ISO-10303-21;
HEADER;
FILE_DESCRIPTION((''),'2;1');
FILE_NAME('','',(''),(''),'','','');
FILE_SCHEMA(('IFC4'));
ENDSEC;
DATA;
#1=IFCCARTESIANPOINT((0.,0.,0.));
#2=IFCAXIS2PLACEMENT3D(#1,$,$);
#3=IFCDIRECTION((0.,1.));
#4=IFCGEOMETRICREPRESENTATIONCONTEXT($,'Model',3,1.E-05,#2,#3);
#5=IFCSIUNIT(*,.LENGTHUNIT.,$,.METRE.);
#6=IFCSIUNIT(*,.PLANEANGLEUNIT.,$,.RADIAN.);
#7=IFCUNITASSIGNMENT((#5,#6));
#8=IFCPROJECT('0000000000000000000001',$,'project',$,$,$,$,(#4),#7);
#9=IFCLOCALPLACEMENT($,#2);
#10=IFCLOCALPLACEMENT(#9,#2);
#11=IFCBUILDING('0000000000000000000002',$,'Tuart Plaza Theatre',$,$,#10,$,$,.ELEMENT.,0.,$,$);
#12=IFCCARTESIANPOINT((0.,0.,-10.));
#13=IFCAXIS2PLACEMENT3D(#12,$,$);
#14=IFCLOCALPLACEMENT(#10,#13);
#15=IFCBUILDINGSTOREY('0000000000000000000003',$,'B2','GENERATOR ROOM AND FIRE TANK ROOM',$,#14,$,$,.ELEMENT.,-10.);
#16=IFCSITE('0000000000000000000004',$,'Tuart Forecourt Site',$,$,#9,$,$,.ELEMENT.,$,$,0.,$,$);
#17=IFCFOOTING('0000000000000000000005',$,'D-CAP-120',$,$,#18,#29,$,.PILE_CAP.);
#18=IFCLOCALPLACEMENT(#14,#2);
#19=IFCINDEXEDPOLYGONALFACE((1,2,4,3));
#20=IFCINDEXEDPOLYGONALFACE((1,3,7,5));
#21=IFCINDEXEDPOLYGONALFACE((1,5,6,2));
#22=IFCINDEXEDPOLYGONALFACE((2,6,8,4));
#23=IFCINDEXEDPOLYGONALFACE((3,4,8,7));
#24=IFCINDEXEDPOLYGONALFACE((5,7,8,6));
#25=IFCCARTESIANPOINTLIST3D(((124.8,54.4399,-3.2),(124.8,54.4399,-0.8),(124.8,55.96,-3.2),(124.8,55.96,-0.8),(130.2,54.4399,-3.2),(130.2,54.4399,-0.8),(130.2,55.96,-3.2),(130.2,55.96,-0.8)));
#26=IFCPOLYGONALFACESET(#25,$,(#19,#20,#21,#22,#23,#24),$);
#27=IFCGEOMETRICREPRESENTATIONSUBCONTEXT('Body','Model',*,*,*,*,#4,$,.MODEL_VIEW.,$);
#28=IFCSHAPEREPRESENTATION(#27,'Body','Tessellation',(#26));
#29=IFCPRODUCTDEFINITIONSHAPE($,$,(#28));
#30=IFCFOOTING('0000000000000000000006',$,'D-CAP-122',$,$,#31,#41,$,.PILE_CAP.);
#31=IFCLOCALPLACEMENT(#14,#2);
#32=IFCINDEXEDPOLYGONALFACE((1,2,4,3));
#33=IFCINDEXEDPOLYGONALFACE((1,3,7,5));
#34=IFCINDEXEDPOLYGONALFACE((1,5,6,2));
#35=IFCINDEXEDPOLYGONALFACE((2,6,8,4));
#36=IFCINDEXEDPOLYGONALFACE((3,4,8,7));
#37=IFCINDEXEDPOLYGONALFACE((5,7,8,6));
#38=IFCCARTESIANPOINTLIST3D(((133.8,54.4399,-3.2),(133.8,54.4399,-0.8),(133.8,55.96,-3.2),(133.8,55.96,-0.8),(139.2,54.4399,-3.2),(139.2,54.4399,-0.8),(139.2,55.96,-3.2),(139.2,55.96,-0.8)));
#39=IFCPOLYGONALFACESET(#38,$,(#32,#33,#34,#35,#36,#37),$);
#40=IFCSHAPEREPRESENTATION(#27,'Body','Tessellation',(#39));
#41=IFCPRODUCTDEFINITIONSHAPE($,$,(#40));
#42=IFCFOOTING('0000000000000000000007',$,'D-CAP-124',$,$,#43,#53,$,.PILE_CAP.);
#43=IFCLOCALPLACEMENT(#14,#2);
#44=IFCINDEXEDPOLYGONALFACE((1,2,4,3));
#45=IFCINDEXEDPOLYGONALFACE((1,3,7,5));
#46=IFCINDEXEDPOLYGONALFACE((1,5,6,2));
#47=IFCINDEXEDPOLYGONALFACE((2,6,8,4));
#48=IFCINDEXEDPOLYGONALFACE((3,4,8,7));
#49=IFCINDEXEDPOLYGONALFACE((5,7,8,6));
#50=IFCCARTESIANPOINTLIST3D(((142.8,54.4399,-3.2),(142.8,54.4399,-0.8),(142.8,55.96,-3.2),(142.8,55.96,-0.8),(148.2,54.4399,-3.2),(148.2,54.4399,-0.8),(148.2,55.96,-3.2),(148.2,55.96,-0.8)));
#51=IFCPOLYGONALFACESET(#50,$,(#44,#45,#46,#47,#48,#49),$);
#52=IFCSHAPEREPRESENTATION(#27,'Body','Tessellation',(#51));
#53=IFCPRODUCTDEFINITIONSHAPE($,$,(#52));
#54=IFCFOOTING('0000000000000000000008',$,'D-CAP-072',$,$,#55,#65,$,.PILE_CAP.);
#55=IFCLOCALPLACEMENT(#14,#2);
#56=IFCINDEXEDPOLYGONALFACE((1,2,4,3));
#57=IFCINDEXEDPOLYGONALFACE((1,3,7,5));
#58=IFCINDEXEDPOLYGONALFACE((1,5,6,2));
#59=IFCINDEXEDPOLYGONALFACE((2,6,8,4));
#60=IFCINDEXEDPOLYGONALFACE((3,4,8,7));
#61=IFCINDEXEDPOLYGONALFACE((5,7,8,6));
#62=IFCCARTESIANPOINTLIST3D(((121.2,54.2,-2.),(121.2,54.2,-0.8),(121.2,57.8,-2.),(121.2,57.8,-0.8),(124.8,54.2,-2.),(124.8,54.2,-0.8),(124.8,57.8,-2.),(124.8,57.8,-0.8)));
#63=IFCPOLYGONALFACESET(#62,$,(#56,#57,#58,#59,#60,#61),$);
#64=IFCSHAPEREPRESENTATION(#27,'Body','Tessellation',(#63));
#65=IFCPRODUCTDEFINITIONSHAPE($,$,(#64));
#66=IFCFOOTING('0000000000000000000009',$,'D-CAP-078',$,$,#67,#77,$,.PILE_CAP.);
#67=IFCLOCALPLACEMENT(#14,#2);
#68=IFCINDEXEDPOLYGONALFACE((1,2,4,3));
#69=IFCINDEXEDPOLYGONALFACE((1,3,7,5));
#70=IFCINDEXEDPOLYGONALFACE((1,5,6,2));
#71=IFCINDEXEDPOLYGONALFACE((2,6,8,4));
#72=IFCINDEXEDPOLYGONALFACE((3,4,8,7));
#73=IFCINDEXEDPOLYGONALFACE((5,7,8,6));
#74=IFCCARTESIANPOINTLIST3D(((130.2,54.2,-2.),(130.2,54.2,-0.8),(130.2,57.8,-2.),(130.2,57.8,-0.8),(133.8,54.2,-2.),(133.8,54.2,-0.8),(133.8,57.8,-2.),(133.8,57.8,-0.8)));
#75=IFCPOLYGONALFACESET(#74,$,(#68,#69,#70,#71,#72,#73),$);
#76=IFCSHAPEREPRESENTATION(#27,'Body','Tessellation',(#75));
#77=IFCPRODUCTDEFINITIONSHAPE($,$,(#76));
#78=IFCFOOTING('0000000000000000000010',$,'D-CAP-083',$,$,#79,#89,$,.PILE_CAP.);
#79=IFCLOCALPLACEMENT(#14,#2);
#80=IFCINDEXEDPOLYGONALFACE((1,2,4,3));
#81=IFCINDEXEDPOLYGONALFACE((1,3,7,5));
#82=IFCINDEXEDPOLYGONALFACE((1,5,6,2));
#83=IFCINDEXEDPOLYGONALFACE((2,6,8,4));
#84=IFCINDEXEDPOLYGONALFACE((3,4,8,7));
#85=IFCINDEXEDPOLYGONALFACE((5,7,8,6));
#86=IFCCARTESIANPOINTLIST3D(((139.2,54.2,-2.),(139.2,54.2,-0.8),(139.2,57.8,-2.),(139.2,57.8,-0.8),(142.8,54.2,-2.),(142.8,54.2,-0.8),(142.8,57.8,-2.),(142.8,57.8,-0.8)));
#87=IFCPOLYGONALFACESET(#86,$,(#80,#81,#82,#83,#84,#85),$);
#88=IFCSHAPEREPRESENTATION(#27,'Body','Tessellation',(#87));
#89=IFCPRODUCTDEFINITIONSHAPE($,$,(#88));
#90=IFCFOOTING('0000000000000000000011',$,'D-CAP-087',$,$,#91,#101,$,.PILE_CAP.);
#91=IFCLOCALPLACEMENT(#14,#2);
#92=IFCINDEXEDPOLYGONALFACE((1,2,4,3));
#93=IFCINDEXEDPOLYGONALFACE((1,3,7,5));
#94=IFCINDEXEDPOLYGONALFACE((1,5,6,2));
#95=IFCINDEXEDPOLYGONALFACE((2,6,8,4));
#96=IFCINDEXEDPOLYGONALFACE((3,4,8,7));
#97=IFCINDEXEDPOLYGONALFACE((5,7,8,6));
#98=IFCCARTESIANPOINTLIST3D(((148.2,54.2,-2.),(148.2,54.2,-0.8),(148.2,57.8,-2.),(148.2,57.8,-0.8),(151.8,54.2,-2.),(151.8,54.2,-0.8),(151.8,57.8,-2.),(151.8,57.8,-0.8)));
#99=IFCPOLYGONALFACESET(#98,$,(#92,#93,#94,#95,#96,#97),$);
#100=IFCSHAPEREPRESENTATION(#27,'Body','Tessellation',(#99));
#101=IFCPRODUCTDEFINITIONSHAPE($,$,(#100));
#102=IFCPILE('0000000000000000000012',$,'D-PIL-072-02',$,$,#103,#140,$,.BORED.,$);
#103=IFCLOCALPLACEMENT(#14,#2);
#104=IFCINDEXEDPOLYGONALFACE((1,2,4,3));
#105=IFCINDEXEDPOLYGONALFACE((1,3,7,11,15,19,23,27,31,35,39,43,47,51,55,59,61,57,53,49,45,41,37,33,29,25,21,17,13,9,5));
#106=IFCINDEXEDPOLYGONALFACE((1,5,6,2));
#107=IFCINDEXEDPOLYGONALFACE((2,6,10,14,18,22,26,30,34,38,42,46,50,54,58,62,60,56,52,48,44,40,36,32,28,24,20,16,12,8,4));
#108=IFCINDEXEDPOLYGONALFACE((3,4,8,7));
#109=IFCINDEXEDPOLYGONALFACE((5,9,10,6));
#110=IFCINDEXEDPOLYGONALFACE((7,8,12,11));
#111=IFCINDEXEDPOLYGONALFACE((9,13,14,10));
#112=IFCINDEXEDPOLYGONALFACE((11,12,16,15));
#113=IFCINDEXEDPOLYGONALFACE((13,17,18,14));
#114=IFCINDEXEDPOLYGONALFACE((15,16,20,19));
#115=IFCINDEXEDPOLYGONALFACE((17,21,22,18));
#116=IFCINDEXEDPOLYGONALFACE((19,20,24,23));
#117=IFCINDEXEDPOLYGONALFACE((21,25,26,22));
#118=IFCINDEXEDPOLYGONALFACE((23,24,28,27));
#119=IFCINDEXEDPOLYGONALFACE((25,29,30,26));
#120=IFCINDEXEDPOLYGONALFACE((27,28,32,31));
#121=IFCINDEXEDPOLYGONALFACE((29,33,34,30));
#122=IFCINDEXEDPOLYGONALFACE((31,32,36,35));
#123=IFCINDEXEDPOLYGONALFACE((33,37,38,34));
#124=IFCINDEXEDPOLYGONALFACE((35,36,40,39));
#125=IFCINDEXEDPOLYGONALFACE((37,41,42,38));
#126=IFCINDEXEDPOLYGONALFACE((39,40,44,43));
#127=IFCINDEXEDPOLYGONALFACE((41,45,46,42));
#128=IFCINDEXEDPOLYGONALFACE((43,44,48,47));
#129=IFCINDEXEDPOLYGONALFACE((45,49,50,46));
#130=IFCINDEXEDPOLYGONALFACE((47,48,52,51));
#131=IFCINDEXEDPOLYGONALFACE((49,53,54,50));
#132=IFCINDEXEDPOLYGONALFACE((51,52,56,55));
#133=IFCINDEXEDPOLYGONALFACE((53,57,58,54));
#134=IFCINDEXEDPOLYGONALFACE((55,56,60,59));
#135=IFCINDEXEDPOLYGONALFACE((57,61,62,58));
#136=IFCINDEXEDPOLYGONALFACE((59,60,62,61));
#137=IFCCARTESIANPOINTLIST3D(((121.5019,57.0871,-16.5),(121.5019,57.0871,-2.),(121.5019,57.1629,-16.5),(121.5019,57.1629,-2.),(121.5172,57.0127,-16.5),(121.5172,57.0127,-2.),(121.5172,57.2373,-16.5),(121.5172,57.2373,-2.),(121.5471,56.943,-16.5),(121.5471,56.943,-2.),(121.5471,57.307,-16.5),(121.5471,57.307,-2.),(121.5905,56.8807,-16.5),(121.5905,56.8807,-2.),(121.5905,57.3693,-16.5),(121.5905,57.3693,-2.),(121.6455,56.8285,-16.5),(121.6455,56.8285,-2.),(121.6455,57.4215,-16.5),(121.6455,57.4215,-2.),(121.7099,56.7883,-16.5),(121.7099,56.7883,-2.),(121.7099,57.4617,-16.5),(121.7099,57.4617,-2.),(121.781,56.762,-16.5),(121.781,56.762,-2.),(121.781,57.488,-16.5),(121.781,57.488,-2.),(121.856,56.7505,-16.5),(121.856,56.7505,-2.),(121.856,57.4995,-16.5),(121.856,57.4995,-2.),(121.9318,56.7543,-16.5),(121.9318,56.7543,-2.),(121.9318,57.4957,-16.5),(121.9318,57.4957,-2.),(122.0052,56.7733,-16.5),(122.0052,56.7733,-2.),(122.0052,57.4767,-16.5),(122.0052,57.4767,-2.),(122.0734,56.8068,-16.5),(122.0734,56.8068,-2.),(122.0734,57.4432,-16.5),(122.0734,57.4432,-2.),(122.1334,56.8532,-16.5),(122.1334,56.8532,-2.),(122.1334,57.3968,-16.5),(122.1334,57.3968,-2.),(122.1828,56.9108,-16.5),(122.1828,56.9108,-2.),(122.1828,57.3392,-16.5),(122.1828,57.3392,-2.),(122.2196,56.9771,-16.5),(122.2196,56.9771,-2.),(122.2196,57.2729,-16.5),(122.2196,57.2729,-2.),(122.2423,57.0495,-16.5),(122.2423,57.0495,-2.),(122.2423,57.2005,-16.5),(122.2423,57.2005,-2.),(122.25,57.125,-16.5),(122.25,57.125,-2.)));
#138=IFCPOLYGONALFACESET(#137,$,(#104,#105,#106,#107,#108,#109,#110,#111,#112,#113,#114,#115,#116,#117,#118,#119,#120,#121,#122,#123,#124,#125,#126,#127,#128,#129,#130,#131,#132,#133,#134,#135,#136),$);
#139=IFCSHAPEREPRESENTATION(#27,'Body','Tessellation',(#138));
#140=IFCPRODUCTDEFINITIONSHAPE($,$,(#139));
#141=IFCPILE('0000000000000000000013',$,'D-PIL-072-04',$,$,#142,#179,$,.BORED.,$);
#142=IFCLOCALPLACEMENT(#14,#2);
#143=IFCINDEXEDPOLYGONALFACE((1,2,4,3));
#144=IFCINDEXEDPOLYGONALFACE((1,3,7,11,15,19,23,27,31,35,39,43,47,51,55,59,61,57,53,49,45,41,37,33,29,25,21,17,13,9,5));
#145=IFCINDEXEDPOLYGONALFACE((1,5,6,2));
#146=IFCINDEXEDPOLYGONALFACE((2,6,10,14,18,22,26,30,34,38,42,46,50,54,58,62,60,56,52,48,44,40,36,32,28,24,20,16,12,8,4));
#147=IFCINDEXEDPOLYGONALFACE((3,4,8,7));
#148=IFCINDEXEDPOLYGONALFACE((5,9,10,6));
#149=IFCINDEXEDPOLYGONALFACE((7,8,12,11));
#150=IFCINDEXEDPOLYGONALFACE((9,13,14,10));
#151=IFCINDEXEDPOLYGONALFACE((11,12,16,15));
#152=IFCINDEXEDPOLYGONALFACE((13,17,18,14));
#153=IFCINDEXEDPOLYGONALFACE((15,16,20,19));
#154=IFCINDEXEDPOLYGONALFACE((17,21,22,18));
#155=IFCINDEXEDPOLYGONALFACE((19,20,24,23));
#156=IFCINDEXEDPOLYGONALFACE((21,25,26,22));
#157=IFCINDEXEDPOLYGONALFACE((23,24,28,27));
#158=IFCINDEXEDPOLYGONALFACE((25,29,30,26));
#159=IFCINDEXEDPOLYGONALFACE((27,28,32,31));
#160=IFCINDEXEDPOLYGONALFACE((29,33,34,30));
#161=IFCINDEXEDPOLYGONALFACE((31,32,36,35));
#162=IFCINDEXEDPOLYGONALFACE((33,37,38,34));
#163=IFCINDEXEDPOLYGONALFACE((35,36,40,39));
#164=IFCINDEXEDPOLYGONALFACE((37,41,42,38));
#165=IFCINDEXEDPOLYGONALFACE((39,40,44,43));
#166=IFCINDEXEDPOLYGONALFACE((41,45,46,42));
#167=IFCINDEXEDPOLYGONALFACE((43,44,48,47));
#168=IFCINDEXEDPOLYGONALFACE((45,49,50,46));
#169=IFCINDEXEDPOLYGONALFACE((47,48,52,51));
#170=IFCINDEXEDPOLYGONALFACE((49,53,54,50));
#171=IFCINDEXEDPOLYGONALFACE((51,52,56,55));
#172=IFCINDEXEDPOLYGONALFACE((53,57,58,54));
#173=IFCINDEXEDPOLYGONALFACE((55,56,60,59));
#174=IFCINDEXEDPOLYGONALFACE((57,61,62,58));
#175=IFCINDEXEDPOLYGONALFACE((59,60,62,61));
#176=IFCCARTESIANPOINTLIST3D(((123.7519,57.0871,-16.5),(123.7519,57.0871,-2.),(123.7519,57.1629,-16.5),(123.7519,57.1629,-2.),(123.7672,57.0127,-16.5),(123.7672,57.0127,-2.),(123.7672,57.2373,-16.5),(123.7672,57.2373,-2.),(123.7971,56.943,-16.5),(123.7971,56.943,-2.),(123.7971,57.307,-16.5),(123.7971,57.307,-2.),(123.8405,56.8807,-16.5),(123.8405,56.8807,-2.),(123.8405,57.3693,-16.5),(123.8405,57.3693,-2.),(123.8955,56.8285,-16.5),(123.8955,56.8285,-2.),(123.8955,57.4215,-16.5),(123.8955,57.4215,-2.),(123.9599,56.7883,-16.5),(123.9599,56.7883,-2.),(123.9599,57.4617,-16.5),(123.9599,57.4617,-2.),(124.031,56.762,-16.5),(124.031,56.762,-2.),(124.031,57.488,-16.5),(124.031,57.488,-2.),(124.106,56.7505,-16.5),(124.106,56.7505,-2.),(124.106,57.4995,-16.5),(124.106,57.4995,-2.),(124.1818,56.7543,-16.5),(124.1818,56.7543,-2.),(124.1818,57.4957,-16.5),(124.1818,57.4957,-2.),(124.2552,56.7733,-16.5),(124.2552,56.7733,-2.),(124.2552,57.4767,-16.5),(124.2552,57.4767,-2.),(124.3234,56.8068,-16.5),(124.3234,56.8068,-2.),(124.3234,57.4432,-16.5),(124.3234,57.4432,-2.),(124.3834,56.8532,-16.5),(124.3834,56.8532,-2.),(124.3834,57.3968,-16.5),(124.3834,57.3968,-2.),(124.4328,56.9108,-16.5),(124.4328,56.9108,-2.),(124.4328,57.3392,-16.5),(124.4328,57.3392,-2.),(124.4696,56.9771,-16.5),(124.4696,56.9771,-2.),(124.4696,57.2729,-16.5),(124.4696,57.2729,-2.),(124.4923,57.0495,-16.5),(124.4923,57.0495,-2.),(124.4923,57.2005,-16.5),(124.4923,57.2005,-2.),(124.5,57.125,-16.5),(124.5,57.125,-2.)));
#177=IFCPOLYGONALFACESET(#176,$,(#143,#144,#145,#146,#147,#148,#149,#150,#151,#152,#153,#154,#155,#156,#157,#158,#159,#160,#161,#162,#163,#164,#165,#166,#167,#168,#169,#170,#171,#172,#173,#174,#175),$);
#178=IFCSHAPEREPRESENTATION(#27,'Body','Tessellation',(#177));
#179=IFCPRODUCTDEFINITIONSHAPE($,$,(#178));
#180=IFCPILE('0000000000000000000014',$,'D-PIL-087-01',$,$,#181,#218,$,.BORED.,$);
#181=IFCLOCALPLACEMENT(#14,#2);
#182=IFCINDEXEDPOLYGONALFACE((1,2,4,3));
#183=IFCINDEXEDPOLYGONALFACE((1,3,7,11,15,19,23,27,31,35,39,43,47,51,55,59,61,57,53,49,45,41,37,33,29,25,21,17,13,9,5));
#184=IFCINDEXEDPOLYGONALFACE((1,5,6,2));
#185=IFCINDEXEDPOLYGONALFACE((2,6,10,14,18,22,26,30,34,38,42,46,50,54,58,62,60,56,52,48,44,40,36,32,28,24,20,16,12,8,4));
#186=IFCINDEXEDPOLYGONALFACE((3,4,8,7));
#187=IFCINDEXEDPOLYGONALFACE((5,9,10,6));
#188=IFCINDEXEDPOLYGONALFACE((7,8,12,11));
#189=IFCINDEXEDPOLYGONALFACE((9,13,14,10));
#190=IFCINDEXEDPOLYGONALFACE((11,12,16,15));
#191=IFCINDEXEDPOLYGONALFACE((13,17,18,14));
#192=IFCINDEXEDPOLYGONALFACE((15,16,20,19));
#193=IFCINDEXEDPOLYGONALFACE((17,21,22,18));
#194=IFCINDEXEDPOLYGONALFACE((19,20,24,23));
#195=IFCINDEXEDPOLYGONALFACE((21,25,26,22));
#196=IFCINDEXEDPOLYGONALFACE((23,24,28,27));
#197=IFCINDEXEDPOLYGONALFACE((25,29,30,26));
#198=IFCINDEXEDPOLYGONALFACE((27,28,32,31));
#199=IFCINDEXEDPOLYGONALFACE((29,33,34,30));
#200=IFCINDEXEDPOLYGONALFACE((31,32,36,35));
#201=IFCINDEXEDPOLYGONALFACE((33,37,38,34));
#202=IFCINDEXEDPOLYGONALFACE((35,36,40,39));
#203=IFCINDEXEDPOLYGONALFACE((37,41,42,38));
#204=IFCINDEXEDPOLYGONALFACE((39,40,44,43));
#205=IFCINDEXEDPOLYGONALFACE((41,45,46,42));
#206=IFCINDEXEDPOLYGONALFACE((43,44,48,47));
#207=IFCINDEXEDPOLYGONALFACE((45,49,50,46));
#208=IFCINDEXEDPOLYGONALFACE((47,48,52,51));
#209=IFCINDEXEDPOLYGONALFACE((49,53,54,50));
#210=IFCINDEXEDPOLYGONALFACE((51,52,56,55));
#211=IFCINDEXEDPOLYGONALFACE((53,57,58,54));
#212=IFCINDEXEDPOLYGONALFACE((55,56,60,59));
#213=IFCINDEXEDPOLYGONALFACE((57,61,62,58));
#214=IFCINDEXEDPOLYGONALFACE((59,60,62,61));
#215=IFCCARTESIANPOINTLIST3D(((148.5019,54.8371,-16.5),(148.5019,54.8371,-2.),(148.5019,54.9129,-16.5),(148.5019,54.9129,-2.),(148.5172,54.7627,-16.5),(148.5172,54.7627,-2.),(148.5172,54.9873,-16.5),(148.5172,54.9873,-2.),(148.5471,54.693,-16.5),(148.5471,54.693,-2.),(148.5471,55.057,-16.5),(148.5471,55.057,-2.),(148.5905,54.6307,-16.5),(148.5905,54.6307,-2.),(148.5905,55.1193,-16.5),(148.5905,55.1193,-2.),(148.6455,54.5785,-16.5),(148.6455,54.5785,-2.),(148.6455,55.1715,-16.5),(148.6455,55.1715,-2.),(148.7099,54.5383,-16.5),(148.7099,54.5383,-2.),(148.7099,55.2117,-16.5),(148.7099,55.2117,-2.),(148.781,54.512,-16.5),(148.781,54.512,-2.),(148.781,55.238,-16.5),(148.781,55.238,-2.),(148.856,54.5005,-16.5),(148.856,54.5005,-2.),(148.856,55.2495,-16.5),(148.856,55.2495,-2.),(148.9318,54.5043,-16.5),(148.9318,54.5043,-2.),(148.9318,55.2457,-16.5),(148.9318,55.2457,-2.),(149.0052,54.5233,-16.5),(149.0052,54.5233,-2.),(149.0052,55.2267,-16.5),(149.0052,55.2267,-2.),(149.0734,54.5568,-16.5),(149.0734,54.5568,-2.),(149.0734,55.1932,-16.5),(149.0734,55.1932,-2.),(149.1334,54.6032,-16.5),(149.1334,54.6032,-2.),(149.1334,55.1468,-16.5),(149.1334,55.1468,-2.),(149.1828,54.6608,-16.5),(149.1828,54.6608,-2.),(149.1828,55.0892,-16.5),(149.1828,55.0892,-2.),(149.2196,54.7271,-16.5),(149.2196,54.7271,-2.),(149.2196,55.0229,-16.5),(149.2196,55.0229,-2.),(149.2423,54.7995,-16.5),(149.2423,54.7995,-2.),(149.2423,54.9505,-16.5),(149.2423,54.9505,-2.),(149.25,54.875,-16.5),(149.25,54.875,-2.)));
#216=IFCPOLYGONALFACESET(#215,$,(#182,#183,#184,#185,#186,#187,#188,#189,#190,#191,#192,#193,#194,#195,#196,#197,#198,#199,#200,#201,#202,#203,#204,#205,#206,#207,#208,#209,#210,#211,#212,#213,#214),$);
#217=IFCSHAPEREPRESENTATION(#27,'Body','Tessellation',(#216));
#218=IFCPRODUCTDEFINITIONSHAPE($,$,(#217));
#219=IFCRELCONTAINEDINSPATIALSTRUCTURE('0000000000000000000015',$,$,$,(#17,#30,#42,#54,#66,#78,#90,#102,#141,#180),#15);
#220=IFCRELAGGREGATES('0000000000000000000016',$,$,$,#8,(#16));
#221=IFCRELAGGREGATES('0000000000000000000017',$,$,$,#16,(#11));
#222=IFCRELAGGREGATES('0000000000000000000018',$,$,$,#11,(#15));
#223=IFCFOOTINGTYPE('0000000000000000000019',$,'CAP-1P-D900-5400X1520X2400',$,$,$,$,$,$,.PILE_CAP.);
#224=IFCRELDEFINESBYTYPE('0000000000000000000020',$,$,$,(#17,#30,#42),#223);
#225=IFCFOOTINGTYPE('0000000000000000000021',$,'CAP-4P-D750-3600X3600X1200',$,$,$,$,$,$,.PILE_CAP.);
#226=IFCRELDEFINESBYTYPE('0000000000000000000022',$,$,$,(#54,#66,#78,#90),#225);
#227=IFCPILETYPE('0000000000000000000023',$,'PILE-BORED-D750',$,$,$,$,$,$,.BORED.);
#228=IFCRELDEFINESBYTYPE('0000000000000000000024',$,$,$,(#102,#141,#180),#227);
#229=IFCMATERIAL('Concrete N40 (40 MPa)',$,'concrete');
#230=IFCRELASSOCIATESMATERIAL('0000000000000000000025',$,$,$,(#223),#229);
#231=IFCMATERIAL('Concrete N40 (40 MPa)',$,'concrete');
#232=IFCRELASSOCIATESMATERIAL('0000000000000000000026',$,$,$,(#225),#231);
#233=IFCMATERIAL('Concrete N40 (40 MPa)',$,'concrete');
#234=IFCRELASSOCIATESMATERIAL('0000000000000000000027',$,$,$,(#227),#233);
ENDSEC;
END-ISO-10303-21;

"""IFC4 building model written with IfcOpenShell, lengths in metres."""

from ifc_helpers import new_model, si_unit, direction, frame, origin, origin_2d, place, context, subcontext, project, spatial, rectangle, circle, extrude, material, material_profile, profile_set, type_object, element, save


model = new_model("IFC4")

# Units and contexts
model_context = context("Model", 3, precision=1e-05, world=origin(), true_north=direction((0.0, 1.0)))
body_context = subcontext(model_context, "Body", "Model", "MODEL_VIEW")
ifc_project = project(units=[si_unit("LENGTHUNIT", "METRE"), si_unit("PLANEANGLEUNIT", "RADIAN")], contexts=[model_context])

# Site, building, storey
site_placement = place(None, origin())
site = spatial("IfcSite", under=ifc_project, at=site_placement, Name="Tuart Forecourt Site", CompositionType="ELEMENT", RefElevation=0.0)
building_placement = place(site_placement, origin())
building = spatial("IfcBuilding", under=site, at=building_placement, Name="Tuart Plaza Theatre", CompositionType="ELEMENT", ElevationOfRefHeight=0.0)
storey_placement = place(building_placement, frame((0.0, 0.0, -10.0)))
storey = spatial("IfcBuildingStorey", under=building, at=storey_placement, Name="B2", Description="GENERATOR ROOM AND FIRE TANK ROOM", CompositionType="ELEMENT", Elevation=-10.0)

# Footings
ifc_material_1 = material(Name="Concrete N40 (40 MPa)", Category="concrete")
footing_type_1 = type_object("IfcFootingType", Name="CAP-1P-D900-5400X1520X2400", PredefinedType="PILE_CAP", material=ifc_material_1)
for number, where, z_axis, x_axis, name in (
    (1, (127.5, 55.2, -3.2), (0.0, 0.0, 1.0), (1.0, 0.0, 0.0), "D-CAP-120"),
    (2, (136.5, 55.2, -3.2), (0.0, 0.0, 1.0), (1.0, 0.0, 0.0), "D-CAP-122"),
    (3, (145.5, 55.2, -3.2), (0.0, 0.0, 1.0), (1.0, 0.0, 0.0), "D-CAP-124"),
):
    element("IfcFooting", number, at=place(storey_placement, frame(where, z_axis=z_axis, x_axis=x_axis)), inside=storey, type_object=footing_type_1, Name=name, PredefinedType="PILE_CAP", context=body_context, shape_type="SweptSolid", body=[
        extrude(rectangle(XDim=5.3999, YDim=1.52, at=origin_2d()), origin(), (0.0, 0.0, 1.0), 2.3999),
    ])
ifc_material_2 = material(Name="Concrete N40 (40 MPa)", Category="concrete")
footing_type_2 = type_object("IfcFootingType", Name="CAP-4P-D750-3600X3600X1200", PredefinedType="PILE_CAP", material=ifc_material_2)
for number, where, z_axis, x_axis, name in (
    (4, (123.0, 56.0, -2.0), (0.0, 0.0, 1.0), (0.0, 1.0, 0.0), "D-CAP-072"),
    (5, (132.0, 56.0, -2.0), (0.0, 0.0, 1.0), (1.0, 0.0, 0.0), "D-CAP-078"),
    (6, (141.0, 56.0, -2.0), (0.0, 0.0, 1.0), (1.0, 0.0, 0.0), "D-CAP-083"),
    (7, (150.0, 56.0, -2.0), (0.0, 0.0, 1.0), (1.0, 0.0, 0.0), "D-CAP-087"),
):
    element("IfcFooting", number, at=place(storey_placement, frame(where, z_axis=z_axis, x_axis=x_axis)), inside=storey, type_object=footing_type_2, Name=name, PredefinedType="PILE_CAP", context=body_context, shape_type="SweptSolid", body=[
        extrude(rectangle(XDim=3.6001, YDim=3.6001, at=origin_2d()), origin(), (0.0, 0.0, 1.0), 1.2),
    ])

# Piles
ifc_material_3 = material(Name="Concrete N40 (40 MPa)", Category="concrete")
ifc_material_profile_1 = material_profile(ifc_material_3, circle(Radius=0.375, at=origin_2d()), Name="PILE-BORED-D750")
ifc_profile_set_1 = profile_set([ifc_material_profile_1], Name="Concrete N40 (40 MPa)")
pile_type_1 = type_object("IfcPileType", Name="PILE-BORED-D750", PredefinedType="BORED", material=ifc_profile_set_1)
for number, where, z_axis, x_axis, name in (
    (8, (121.875, 57.125, -2.0), (0.0, 0.0, -1.0), (1.0, 0.0, 0.0), "D-PIL-072-02"),
    (9, (124.125, 57.125, -2.0), (0.0, 0.0, -1.0), (1.0, 0.0, 0.0), "D-PIL-072-04"),
    (10, (148.875, 54.875, -2.0), (0.0, 0.0, -1.0), (1.0, 0.0, 0.0), "D-PIL-087-01"),
):
    element("IfcPile", number, at=place(storey_placement, frame(where, z_axis=z_axis, x_axis=x_axis)), inside=storey, type_object=pile_type_1, Name=name, PredefinedType="BORED", context=body_context, shape_type="SweptSolid", body=[
        extrude(circle(Radius=0.375, at=origin_2d()), origin(), (0.0, 0.0, 1.0), 14.5),
    ])

save(model, "model.ifc")
